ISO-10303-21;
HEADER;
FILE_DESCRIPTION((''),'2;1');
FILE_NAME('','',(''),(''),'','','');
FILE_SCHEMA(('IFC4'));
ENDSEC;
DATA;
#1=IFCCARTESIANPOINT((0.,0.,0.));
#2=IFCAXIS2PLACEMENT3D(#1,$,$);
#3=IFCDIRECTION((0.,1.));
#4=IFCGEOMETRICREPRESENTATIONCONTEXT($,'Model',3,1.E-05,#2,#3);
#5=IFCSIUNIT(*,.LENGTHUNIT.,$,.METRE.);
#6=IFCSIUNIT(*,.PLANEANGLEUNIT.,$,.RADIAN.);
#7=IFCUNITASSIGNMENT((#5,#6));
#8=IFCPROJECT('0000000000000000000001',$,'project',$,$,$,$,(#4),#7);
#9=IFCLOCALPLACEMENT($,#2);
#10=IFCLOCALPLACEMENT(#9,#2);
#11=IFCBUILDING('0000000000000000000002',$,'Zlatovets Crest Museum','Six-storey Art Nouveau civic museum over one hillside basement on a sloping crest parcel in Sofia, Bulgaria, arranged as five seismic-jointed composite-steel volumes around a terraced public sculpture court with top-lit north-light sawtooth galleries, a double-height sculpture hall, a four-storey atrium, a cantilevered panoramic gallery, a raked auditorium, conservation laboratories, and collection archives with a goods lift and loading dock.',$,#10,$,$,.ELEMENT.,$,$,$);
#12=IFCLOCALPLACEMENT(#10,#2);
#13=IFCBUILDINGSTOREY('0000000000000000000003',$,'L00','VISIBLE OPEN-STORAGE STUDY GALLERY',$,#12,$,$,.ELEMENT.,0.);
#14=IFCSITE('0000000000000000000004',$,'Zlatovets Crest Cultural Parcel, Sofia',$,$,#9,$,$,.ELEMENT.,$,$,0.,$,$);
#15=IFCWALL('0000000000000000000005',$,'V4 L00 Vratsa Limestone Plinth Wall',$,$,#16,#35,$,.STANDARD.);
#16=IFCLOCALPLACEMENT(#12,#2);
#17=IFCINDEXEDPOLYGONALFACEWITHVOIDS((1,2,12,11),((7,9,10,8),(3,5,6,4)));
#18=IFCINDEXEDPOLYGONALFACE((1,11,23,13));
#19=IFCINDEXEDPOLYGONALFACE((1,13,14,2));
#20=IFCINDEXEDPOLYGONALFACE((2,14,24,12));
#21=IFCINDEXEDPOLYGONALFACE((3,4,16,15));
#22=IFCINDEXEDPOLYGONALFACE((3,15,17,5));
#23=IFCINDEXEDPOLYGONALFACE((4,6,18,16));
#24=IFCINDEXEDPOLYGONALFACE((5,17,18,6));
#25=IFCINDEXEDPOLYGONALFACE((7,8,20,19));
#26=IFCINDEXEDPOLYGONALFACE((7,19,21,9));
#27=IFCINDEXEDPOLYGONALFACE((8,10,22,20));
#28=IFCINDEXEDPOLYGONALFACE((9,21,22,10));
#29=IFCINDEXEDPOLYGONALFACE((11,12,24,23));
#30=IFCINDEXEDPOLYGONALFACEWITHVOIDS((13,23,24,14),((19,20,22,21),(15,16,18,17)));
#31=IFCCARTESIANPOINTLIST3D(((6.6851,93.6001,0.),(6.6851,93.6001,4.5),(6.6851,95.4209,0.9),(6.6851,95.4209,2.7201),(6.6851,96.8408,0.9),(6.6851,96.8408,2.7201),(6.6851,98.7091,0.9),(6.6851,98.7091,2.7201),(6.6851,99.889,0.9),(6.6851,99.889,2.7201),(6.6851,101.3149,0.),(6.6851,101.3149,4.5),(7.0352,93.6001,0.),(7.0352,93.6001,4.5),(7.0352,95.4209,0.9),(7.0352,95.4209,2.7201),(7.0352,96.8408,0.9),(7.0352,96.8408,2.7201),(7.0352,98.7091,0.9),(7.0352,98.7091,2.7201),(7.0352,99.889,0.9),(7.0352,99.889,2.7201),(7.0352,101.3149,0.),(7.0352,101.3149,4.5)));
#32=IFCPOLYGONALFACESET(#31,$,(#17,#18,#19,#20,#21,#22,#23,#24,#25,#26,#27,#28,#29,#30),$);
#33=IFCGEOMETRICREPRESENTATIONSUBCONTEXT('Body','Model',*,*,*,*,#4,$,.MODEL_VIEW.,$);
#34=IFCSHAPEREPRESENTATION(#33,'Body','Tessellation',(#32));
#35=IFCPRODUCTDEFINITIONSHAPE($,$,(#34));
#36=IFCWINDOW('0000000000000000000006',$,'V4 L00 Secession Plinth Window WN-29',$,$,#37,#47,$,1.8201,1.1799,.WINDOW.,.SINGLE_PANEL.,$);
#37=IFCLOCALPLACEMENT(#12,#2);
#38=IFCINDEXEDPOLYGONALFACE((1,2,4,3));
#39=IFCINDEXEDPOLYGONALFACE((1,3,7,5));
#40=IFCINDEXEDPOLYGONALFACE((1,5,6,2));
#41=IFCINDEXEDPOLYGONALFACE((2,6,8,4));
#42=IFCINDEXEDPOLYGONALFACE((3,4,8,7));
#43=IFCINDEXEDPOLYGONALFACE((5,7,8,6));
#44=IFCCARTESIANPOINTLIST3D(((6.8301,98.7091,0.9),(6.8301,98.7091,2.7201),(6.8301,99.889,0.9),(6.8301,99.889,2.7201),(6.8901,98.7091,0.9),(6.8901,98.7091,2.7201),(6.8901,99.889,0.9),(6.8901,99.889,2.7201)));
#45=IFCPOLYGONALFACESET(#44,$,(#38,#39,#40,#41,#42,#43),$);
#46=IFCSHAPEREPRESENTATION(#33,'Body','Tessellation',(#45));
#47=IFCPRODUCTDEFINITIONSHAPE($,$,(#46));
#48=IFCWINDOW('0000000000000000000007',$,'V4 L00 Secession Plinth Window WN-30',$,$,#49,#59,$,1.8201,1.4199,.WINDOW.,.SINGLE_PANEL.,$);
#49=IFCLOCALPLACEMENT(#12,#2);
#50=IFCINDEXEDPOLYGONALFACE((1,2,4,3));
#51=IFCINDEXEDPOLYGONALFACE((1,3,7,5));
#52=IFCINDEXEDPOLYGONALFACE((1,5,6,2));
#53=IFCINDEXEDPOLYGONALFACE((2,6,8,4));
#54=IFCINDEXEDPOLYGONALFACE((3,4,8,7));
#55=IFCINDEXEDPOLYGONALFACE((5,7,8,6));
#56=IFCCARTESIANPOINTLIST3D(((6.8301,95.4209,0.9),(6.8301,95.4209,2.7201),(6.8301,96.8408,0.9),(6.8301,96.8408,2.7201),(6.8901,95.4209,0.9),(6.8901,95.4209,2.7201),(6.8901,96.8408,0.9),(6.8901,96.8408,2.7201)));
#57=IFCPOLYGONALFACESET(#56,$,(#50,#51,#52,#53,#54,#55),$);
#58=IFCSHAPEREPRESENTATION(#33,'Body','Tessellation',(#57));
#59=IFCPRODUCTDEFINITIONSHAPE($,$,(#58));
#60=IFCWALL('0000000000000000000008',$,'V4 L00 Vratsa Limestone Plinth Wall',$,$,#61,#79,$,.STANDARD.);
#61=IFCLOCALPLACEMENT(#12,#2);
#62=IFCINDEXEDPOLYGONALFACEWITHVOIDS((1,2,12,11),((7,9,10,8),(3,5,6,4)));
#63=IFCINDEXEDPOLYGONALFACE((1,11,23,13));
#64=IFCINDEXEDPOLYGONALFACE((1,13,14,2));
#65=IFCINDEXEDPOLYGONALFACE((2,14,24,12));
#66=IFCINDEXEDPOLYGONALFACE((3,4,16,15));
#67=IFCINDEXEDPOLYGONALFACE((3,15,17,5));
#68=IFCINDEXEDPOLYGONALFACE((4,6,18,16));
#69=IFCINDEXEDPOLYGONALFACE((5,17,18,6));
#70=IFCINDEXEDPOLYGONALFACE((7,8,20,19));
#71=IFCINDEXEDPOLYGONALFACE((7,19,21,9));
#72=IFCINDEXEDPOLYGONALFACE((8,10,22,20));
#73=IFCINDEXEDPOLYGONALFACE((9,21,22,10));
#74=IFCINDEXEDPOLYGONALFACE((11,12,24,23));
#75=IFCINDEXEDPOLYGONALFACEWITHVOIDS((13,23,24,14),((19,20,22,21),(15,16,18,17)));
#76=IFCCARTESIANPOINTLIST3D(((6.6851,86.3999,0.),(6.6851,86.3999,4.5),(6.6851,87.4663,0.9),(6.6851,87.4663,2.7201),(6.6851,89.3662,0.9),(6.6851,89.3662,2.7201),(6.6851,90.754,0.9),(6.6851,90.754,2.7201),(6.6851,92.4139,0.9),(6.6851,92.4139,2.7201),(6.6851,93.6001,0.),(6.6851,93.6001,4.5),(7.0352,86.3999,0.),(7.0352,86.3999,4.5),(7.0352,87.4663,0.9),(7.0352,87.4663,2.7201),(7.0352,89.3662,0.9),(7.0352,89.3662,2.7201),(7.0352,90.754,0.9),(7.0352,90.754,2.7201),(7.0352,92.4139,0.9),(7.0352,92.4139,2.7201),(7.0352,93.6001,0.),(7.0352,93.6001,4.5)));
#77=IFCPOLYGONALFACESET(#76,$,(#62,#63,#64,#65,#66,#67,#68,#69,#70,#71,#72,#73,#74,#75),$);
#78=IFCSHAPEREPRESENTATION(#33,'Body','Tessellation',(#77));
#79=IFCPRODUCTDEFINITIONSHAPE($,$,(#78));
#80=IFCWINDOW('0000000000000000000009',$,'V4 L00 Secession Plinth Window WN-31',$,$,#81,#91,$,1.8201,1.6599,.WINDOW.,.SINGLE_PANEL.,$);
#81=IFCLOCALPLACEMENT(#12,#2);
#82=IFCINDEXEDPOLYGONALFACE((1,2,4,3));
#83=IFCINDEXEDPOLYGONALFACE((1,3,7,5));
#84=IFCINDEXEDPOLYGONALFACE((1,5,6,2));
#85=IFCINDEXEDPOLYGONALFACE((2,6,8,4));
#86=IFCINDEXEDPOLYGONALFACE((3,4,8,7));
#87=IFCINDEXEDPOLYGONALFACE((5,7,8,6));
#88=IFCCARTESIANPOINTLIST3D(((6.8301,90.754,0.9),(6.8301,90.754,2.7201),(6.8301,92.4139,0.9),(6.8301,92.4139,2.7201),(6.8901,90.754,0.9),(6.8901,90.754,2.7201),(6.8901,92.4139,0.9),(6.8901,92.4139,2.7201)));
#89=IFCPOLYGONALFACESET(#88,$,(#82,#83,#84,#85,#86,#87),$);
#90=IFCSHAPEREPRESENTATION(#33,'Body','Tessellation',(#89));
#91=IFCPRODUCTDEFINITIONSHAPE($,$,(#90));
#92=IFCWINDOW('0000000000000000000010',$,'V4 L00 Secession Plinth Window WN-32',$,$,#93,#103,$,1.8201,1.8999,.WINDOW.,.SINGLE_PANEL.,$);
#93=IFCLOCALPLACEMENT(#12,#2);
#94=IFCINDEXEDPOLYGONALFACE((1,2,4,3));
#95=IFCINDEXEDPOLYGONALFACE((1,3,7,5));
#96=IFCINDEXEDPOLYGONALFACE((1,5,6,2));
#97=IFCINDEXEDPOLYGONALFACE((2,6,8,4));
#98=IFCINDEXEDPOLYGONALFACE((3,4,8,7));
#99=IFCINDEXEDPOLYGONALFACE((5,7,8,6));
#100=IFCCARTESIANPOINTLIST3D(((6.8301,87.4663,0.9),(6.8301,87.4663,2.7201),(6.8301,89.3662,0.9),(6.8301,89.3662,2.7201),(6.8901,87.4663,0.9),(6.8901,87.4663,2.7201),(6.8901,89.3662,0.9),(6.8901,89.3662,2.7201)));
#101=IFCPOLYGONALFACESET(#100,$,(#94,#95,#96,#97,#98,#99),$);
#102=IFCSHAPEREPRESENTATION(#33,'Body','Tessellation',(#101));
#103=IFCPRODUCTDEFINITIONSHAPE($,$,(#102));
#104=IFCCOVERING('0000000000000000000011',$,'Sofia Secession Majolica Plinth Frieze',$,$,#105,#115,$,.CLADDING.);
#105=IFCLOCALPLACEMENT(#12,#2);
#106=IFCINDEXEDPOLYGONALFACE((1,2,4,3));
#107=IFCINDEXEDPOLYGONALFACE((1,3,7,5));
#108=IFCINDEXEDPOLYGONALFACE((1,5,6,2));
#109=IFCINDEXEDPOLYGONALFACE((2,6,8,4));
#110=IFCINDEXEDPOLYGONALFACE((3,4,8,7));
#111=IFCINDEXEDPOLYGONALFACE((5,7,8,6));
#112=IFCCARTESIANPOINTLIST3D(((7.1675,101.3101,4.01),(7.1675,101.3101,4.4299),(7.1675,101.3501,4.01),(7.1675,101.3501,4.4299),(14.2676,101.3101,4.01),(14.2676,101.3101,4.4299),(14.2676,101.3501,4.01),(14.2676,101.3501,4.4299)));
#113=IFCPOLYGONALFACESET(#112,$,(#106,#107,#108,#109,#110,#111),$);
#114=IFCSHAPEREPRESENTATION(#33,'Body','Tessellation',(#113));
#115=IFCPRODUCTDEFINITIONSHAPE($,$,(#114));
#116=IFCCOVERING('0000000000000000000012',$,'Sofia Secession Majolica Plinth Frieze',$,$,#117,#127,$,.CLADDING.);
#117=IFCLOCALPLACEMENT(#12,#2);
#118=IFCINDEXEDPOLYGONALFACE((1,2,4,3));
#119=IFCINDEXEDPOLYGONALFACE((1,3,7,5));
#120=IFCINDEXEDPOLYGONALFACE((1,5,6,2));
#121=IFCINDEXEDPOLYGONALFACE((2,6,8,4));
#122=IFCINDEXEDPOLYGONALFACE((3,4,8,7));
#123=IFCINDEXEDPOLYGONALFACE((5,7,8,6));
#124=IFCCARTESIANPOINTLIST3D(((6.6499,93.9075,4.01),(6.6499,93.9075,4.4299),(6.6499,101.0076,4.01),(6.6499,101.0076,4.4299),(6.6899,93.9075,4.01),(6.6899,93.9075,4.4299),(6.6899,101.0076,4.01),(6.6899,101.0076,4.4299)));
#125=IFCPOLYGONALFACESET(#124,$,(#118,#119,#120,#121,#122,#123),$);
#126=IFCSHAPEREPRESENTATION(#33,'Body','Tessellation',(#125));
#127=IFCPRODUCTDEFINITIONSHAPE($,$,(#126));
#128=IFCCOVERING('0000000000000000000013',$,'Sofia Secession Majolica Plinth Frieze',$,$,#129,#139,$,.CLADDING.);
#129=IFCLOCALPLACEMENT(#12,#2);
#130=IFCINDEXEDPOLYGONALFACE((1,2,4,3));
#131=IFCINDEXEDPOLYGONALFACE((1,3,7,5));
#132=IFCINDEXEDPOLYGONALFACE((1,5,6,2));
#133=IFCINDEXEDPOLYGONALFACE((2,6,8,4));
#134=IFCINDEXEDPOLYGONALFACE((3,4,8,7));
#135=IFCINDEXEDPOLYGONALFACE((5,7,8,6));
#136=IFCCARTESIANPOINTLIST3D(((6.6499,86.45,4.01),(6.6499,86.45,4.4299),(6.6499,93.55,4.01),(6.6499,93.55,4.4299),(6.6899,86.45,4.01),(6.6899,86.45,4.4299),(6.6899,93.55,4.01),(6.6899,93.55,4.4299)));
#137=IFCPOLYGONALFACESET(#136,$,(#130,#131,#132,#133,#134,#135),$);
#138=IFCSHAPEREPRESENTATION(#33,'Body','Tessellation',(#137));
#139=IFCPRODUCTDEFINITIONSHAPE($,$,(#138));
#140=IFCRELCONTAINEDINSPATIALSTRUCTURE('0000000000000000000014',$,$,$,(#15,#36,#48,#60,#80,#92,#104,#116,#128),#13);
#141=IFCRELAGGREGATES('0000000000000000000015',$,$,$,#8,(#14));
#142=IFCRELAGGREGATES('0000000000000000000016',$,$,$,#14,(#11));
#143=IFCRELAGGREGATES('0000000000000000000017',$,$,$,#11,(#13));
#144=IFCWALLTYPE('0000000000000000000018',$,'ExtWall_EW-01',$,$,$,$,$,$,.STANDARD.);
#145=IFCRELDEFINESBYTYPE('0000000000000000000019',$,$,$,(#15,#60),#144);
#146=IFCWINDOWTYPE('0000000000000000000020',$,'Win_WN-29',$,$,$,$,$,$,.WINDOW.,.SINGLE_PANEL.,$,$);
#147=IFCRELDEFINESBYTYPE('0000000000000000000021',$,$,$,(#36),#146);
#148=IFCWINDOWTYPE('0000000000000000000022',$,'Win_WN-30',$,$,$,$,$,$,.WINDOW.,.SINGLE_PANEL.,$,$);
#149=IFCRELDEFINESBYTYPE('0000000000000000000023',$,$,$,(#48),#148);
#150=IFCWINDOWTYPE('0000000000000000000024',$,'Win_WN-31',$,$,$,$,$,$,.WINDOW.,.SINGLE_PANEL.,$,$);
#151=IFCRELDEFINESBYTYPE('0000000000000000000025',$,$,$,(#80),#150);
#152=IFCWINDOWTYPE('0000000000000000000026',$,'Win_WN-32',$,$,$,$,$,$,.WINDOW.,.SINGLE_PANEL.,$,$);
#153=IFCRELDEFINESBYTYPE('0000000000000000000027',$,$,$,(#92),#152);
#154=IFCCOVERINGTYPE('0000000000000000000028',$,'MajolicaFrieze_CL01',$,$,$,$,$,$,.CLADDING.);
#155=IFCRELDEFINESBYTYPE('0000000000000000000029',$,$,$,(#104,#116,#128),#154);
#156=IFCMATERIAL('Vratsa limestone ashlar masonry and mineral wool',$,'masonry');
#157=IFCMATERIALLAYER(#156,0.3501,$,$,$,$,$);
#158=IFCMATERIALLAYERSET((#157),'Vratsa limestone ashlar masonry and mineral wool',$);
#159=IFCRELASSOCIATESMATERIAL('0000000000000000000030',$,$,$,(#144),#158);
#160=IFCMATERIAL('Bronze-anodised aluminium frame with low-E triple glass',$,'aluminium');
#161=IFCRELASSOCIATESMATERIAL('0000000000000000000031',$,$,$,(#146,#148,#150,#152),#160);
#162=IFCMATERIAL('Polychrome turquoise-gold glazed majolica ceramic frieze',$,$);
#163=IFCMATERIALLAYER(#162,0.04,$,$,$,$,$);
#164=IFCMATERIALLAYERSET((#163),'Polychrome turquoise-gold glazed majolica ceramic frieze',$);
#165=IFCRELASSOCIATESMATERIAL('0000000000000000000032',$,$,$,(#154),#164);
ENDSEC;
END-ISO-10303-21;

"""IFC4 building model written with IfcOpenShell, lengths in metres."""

from ifc_helpers import new_model, si_unit, direction, frame, frame_2d, origin, origin_2d, place, context, subcontext, project, spatial, rectangle, extrude, material, layer, layer_set, type_object, element, fill, save


model = new_model("IFC4")

# Units and contexts
model_context = context("Model", 3, precision=1e-05, world=origin(), true_north=direction((0.0, 1.0)))
body_context = subcontext(model_context, "Body", "Model", "MODEL_VIEW")
ifc_project = project(units=[si_unit("LENGTHUNIT", "METRE"), si_unit("PLANEANGLEUNIT", "RADIAN")], contexts=[model_context])

# Site, building, storey
site_placement = place(None, origin())
site = spatial("IfcSite", under=ifc_project, at=site_placement, Name="Zlatovets Crest Cultural Parcel, Sofia", CompositionType="ELEMENT", RefElevation=0.0)
building_placement = place(site_placement, origin())
building = spatial("IfcBuilding", under=site, at=building_placement, Name="Zlatovets Crest Museum", Description="Six-storey Art Nouveau civic museum over one hillside basement on a sloping crest parcel in Sofia, Bulgaria, arranged as five seismic-jointed composite-steel volumes around a terraced public sculpture court with top-lit north-light sawtooth galleries, a double-height sculpture hall, a four-storey atrium, a cantilevered panoramic gallery, a raked auditorium, conservation laboratories, and collection archives with a goods lift and loading dock.", CompositionType="ELEMENT")
storey_placement = place(building_placement, origin())
storey = spatial("IfcBuildingStorey", under=building, at=storey_placement, Name="L00", Description="VISIBLE OPEN-STORAGE STUDY GALLERY", CompositionType="ELEMENT", Elevation=0.0)

# Walls, openings, windows
ifc_material_1 = material(Name="Vratsa limestone ashlar masonry and mineral wool", Category="masonry")
ifc_layer_1 = layer(ifc_material_1, 0.3501)
ifc_layer_set_1 = layer_set([ifc_layer_1], Name="Vratsa limestone ashlar masonry and mineral wool")
wall_type = type_object("IfcWallType", Name="ExtWall_EW-01", PredefinedType="STANDARD", material=ifc_layer_set_1)
wall_1_placement = place(storey_placement, frame((6.8601, 101.3149, 0.0), z_axis=(0.0, 0.0, 1.0), x_axis=(0.0, -1.0, 0.0)))
wall_1 = element("IfcWall", 1, at=wall_1_placement, inside=storey, type_object=wall_type, Name="V4 L00 Vratsa Limestone Plinth Wall", PredefinedType="STANDARD", context=body_context, shape_type="SweptSolid", body=[
    extrude(rectangle(XDim=7.7148, YDim=0.3501, at=frame_2d((3.8574, 0.0))), origin(), (0.0, 0.0, 1.0), 4.5),
])
opening_1_placement = place(wall_1_placement, frame((1.426, 0.0, 0.8999)))
opening_1 = element("IfcOpeningElement", 2, at=opening_1_placement, cuts=wall_1, PredefinedType="OPENING", context=body_context, shape_type="SweptSolid", body=[
    extrude(rectangle(XDim=1.1799, YDim=1.8201, at=frame_2d((0.5898, 0.9102))), frame((0.0, 0.1851, 0.0), z_axis=(0.0, -1.0, 0.0), x_axis=(1.0, 0.0, 0.0)), (0.0, 0.0, 1.0), 0.3701),
])
opening_2_placement = place(wall_1_placement, frame((4.4741, 0.0, 0.8999)))
opening_2 = element("IfcOpeningElement", 3, at=opening_2_placement, cuts=wall_1, PredefinedType="OPENING", context=body_context, shape_type="SweptSolid", body=[
    extrude(rectangle(XDim=1.4199, YDim=1.8201, at=frame_2d((0.71, 0.9102))), frame((0.0, 0.1851, 0.0), z_axis=(0.0, -1.0, 0.0), x_axis=(1.0, 0.0, 0.0)), (0.0, 0.0, 1.0), 0.3701),
])
ifc_material_2 = material(Name="Bronze-anodised aluminium frame with low-E triple glass", Category="aluminium")
window_type_1 = type_object("IfcWindowType", Name="Win_WN-29", PartitioningType="SINGLE_PANEL", PredefinedType="WINDOW", material=ifc_material_2)
window_1_placement = place(opening_1_placement, origin())
window_1 = element("IfcWindow", 4, at=window_1_placement, inside=storey, type_object=window_type_1, Name="V4 L00 Secession Plinth Window WN-29", OverallHeight=1.8201, OverallWidth=1.1799, PartitioningType="SINGLE_PANEL", PredefinedType="WINDOW", context=body_context, shape_type="SweptSolid", body=[
    extrude(rectangle(XDim=1.1799, YDim=1.8201, at=frame_2d((0.5898, 0.9102))), frame((0.0, 0.03, 0.0), z_axis=(0.0, -1.0, 0.0), x_axis=(1.0, 0.0, 0.0)), (0.0, 0.0, 1.0), 0.0601),
])
fill(opening_1, window_1)
window_type_2 = type_object("IfcWindowType", Name="Win_WN-30", PartitioningType="SINGLE_PANEL", PredefinedType="WINDOW", material=ifc_material_2)
window_2_placement = place(opening_2_placement, origin())
window_2 = element("IfcWindow", 5, at=window_2_placement, inside=storey, type_object=window_type_2, Name="V4 L00 Secession Plinth Window WN-30", OverallHeight=1.8201, OverallWidth=1.4199, PartitioningType="SINGLE_PANEL", PredefinedType="WINDOW", context=body_context, shape_type="SweptSolid", body=[
    extrude(rectangle(XDim=1.4199, YDim=1.8201, at=frame_2d((0.71, 0.9102))), frame((0.0, 0.03, 0.0), z_axis=(0.0, -1.0, 0.0), x_axis=(1.0, 0.0, 0.0)), (0.0, 0.0, 1.0), 0.0601),
])
fill(opening_2, window_2)
wall_2_placement = place(storey_placement, frame((6.8601, 93.6001, 0.0), z_axis=(0.0, 0.0, 1.0), x_axis=(0.0, -1.0, 0.0)))
wall_2 = element("IfcWall", 6, at=wall_2_placement, inside=storey, type_object=wall_type, Name="V4 L00 Vratsa Limestone Plinth Wall", PredefinedType="STANDARD", context=body_context, shape_type="SweptSolid", body=[
    extrude(rectangle(XDim=7.2002, YDim=0.3501, at=frame_2d((3.6001, 0.0))), origin(), (0.0, 0.0, 1.0), 4.5),
])
opening_3_placement = place(wall_2_placement, frame((1.186, 0.0, 0.8999)))
opening_3 = element("IfcOpeningElement", 7, at=opening_3_placement, cuts=wall_2, PredefinedType="OPENING", context=body_context, shape_type="SweptSolid", body=[
    extrude(rectangle(XDim=1.6599, YDim=1.8201, at=frame_2d((0.8301, 0.9102))), frame((0.0, 0.1851, 0.0), z_axis=(0.0, -1.0, 0.0), x_axis=(1.0, 0.0, 0.0)), (0.0, 0.0, 1.0), 0.3701),
])
opening_4_placement = place(wall_2_placement, frame((4.2339, 0.0, 0.8999)))
opening_4 = element("IfcOpeningElement", 8, at=opening_4_placement, cuts=wall_2, PredefinedType="OPENING", context=body_context, shape_type="SweptSolid", body=[
    extrude(rectangle(XDim=1.8999, YDim=1.8201, at=frame_2d((0.95, 0.9102))), frame((0.0, 0.1851, 0.0), z_axis=(0.0, -1.0, 0.0), x_axis=(1.0, 0.0, 0.0)), (0.0, 0.0, 1.0), 0.3701),
])
window_type_3 = type_object("IfcWindowType", Name="Win_WN-31", PartitioningType="SINGLE_PANEL", PredefinedType="WINDOW", material=ifc_material_2)
window_3_placement = place(opening_3_placement, origin())
window_3 = element("IfcWindow", 9, at=window_3_placement, inside=storey, type_object=window_type_3, Name="V4 L00 Secession Plinth Window WN-31", OverallHeight=1.8201, OverallWidth=1.6599, PartitioningType="SINGLE_PANEL", PredefinedType="WINDOW", context=body_context, shape_type="SweptSolid", body=[
    extrude(rectangle(XDim=1.6599, YDim=1.8201, at=frame_2d((0.8301, 0.9102))), frame((0.0, 0.03, 0.0), z_axis=(0.0, -1.0, 0.0), x_axis=(1.0, 0.0, 0.0)), (0.0, 0.0, 1.0), 0.0601),
])
fill(opening_3, window_3)
window_type_4 = type_object("IfcWindowType", Name="Win_WN-32", PartitioningType="SINGLE_PANEL", PredefinedType="WINDOW", material=ifc_material_2)
window_4_placement = place(opening_4_placement, origin())
window_4 = element("IfcWindow", 10, at=window_4_placement, inside=storey, type_object=window_type_4, Name="V4 L00 Secession Plinth Window WN-32", OverallHeight=1.8201, OverallWidth=1.8999, PartitioningType="SINGLE_PANEL", PredefinedType="WINDOW", context=body_context, shape_type="SweptSolid", body=[
    extrude(rectangle(XDim=1.8999, YDim=1.8201, at=frame_2d((0.95, 0.9102))), frame((0.0, 0.03, 0.0), z_axis=(0.0, -1.0, 0.0), x_axis=(1.0, 0.0, 0.0)), (0.0, 0.0, 1.0), 0.0601),
])
fill(opening_4, window_4)

# Coverings
ifc_material_3 = material(Name="Polychrome turquoise-gold glazed majolica ceramic frieze")
ifc_layer_2 = layer(ifc_material_3, 0.04)
ifc_layer_set_2 = layer_set([ifc_layer_2], Name="Polychrome turquoise-gold glazed majolica ceramic frieze")
covering_type = type_object("IfcCoveringType", Name="MajolicaFrieze_CL01", PredefinedType="CLADDING", material=ifc_layer_set_2)
for number, where, z_axis, x_axis, name in (
    (11, (10.7175, 101.3301, 4.01), (0.0, 0.0, 1.0), (1.0, 0.0, 0.0), "Sofia Secession Majolica Plinth Frieze"),
    (12, (6.6699, 97.4575, 4.01), (0.0, 0.0, 1.0), (0.0, 1.0, 0.0), "Sofia Secession Majolica Plinth Frieze"),
    (13, (6.6699, 90.0, 4.01), (0.0, 0.0, 1.0), (0.0, 1.0, 0.0), "Sofia Secession Majolica Plinth Frieze"),
):
    element("IfcCovering", number, at=place(storey_placement, frame(where, z_axis=z_axis, x_axis=x_axis)), inside=storey, type_object=covering_type, Name=name, PredefinedType="CLADDING", context=body_context, shape_type="SweptSolid", body=[
        extrude(rectangle(XDim=7.1001, YDim=0.04, at=origin_2d()), origin(), (0.0, 0.0, 1.0), 0.4199),
    ])

save(model, "model.ifc")
